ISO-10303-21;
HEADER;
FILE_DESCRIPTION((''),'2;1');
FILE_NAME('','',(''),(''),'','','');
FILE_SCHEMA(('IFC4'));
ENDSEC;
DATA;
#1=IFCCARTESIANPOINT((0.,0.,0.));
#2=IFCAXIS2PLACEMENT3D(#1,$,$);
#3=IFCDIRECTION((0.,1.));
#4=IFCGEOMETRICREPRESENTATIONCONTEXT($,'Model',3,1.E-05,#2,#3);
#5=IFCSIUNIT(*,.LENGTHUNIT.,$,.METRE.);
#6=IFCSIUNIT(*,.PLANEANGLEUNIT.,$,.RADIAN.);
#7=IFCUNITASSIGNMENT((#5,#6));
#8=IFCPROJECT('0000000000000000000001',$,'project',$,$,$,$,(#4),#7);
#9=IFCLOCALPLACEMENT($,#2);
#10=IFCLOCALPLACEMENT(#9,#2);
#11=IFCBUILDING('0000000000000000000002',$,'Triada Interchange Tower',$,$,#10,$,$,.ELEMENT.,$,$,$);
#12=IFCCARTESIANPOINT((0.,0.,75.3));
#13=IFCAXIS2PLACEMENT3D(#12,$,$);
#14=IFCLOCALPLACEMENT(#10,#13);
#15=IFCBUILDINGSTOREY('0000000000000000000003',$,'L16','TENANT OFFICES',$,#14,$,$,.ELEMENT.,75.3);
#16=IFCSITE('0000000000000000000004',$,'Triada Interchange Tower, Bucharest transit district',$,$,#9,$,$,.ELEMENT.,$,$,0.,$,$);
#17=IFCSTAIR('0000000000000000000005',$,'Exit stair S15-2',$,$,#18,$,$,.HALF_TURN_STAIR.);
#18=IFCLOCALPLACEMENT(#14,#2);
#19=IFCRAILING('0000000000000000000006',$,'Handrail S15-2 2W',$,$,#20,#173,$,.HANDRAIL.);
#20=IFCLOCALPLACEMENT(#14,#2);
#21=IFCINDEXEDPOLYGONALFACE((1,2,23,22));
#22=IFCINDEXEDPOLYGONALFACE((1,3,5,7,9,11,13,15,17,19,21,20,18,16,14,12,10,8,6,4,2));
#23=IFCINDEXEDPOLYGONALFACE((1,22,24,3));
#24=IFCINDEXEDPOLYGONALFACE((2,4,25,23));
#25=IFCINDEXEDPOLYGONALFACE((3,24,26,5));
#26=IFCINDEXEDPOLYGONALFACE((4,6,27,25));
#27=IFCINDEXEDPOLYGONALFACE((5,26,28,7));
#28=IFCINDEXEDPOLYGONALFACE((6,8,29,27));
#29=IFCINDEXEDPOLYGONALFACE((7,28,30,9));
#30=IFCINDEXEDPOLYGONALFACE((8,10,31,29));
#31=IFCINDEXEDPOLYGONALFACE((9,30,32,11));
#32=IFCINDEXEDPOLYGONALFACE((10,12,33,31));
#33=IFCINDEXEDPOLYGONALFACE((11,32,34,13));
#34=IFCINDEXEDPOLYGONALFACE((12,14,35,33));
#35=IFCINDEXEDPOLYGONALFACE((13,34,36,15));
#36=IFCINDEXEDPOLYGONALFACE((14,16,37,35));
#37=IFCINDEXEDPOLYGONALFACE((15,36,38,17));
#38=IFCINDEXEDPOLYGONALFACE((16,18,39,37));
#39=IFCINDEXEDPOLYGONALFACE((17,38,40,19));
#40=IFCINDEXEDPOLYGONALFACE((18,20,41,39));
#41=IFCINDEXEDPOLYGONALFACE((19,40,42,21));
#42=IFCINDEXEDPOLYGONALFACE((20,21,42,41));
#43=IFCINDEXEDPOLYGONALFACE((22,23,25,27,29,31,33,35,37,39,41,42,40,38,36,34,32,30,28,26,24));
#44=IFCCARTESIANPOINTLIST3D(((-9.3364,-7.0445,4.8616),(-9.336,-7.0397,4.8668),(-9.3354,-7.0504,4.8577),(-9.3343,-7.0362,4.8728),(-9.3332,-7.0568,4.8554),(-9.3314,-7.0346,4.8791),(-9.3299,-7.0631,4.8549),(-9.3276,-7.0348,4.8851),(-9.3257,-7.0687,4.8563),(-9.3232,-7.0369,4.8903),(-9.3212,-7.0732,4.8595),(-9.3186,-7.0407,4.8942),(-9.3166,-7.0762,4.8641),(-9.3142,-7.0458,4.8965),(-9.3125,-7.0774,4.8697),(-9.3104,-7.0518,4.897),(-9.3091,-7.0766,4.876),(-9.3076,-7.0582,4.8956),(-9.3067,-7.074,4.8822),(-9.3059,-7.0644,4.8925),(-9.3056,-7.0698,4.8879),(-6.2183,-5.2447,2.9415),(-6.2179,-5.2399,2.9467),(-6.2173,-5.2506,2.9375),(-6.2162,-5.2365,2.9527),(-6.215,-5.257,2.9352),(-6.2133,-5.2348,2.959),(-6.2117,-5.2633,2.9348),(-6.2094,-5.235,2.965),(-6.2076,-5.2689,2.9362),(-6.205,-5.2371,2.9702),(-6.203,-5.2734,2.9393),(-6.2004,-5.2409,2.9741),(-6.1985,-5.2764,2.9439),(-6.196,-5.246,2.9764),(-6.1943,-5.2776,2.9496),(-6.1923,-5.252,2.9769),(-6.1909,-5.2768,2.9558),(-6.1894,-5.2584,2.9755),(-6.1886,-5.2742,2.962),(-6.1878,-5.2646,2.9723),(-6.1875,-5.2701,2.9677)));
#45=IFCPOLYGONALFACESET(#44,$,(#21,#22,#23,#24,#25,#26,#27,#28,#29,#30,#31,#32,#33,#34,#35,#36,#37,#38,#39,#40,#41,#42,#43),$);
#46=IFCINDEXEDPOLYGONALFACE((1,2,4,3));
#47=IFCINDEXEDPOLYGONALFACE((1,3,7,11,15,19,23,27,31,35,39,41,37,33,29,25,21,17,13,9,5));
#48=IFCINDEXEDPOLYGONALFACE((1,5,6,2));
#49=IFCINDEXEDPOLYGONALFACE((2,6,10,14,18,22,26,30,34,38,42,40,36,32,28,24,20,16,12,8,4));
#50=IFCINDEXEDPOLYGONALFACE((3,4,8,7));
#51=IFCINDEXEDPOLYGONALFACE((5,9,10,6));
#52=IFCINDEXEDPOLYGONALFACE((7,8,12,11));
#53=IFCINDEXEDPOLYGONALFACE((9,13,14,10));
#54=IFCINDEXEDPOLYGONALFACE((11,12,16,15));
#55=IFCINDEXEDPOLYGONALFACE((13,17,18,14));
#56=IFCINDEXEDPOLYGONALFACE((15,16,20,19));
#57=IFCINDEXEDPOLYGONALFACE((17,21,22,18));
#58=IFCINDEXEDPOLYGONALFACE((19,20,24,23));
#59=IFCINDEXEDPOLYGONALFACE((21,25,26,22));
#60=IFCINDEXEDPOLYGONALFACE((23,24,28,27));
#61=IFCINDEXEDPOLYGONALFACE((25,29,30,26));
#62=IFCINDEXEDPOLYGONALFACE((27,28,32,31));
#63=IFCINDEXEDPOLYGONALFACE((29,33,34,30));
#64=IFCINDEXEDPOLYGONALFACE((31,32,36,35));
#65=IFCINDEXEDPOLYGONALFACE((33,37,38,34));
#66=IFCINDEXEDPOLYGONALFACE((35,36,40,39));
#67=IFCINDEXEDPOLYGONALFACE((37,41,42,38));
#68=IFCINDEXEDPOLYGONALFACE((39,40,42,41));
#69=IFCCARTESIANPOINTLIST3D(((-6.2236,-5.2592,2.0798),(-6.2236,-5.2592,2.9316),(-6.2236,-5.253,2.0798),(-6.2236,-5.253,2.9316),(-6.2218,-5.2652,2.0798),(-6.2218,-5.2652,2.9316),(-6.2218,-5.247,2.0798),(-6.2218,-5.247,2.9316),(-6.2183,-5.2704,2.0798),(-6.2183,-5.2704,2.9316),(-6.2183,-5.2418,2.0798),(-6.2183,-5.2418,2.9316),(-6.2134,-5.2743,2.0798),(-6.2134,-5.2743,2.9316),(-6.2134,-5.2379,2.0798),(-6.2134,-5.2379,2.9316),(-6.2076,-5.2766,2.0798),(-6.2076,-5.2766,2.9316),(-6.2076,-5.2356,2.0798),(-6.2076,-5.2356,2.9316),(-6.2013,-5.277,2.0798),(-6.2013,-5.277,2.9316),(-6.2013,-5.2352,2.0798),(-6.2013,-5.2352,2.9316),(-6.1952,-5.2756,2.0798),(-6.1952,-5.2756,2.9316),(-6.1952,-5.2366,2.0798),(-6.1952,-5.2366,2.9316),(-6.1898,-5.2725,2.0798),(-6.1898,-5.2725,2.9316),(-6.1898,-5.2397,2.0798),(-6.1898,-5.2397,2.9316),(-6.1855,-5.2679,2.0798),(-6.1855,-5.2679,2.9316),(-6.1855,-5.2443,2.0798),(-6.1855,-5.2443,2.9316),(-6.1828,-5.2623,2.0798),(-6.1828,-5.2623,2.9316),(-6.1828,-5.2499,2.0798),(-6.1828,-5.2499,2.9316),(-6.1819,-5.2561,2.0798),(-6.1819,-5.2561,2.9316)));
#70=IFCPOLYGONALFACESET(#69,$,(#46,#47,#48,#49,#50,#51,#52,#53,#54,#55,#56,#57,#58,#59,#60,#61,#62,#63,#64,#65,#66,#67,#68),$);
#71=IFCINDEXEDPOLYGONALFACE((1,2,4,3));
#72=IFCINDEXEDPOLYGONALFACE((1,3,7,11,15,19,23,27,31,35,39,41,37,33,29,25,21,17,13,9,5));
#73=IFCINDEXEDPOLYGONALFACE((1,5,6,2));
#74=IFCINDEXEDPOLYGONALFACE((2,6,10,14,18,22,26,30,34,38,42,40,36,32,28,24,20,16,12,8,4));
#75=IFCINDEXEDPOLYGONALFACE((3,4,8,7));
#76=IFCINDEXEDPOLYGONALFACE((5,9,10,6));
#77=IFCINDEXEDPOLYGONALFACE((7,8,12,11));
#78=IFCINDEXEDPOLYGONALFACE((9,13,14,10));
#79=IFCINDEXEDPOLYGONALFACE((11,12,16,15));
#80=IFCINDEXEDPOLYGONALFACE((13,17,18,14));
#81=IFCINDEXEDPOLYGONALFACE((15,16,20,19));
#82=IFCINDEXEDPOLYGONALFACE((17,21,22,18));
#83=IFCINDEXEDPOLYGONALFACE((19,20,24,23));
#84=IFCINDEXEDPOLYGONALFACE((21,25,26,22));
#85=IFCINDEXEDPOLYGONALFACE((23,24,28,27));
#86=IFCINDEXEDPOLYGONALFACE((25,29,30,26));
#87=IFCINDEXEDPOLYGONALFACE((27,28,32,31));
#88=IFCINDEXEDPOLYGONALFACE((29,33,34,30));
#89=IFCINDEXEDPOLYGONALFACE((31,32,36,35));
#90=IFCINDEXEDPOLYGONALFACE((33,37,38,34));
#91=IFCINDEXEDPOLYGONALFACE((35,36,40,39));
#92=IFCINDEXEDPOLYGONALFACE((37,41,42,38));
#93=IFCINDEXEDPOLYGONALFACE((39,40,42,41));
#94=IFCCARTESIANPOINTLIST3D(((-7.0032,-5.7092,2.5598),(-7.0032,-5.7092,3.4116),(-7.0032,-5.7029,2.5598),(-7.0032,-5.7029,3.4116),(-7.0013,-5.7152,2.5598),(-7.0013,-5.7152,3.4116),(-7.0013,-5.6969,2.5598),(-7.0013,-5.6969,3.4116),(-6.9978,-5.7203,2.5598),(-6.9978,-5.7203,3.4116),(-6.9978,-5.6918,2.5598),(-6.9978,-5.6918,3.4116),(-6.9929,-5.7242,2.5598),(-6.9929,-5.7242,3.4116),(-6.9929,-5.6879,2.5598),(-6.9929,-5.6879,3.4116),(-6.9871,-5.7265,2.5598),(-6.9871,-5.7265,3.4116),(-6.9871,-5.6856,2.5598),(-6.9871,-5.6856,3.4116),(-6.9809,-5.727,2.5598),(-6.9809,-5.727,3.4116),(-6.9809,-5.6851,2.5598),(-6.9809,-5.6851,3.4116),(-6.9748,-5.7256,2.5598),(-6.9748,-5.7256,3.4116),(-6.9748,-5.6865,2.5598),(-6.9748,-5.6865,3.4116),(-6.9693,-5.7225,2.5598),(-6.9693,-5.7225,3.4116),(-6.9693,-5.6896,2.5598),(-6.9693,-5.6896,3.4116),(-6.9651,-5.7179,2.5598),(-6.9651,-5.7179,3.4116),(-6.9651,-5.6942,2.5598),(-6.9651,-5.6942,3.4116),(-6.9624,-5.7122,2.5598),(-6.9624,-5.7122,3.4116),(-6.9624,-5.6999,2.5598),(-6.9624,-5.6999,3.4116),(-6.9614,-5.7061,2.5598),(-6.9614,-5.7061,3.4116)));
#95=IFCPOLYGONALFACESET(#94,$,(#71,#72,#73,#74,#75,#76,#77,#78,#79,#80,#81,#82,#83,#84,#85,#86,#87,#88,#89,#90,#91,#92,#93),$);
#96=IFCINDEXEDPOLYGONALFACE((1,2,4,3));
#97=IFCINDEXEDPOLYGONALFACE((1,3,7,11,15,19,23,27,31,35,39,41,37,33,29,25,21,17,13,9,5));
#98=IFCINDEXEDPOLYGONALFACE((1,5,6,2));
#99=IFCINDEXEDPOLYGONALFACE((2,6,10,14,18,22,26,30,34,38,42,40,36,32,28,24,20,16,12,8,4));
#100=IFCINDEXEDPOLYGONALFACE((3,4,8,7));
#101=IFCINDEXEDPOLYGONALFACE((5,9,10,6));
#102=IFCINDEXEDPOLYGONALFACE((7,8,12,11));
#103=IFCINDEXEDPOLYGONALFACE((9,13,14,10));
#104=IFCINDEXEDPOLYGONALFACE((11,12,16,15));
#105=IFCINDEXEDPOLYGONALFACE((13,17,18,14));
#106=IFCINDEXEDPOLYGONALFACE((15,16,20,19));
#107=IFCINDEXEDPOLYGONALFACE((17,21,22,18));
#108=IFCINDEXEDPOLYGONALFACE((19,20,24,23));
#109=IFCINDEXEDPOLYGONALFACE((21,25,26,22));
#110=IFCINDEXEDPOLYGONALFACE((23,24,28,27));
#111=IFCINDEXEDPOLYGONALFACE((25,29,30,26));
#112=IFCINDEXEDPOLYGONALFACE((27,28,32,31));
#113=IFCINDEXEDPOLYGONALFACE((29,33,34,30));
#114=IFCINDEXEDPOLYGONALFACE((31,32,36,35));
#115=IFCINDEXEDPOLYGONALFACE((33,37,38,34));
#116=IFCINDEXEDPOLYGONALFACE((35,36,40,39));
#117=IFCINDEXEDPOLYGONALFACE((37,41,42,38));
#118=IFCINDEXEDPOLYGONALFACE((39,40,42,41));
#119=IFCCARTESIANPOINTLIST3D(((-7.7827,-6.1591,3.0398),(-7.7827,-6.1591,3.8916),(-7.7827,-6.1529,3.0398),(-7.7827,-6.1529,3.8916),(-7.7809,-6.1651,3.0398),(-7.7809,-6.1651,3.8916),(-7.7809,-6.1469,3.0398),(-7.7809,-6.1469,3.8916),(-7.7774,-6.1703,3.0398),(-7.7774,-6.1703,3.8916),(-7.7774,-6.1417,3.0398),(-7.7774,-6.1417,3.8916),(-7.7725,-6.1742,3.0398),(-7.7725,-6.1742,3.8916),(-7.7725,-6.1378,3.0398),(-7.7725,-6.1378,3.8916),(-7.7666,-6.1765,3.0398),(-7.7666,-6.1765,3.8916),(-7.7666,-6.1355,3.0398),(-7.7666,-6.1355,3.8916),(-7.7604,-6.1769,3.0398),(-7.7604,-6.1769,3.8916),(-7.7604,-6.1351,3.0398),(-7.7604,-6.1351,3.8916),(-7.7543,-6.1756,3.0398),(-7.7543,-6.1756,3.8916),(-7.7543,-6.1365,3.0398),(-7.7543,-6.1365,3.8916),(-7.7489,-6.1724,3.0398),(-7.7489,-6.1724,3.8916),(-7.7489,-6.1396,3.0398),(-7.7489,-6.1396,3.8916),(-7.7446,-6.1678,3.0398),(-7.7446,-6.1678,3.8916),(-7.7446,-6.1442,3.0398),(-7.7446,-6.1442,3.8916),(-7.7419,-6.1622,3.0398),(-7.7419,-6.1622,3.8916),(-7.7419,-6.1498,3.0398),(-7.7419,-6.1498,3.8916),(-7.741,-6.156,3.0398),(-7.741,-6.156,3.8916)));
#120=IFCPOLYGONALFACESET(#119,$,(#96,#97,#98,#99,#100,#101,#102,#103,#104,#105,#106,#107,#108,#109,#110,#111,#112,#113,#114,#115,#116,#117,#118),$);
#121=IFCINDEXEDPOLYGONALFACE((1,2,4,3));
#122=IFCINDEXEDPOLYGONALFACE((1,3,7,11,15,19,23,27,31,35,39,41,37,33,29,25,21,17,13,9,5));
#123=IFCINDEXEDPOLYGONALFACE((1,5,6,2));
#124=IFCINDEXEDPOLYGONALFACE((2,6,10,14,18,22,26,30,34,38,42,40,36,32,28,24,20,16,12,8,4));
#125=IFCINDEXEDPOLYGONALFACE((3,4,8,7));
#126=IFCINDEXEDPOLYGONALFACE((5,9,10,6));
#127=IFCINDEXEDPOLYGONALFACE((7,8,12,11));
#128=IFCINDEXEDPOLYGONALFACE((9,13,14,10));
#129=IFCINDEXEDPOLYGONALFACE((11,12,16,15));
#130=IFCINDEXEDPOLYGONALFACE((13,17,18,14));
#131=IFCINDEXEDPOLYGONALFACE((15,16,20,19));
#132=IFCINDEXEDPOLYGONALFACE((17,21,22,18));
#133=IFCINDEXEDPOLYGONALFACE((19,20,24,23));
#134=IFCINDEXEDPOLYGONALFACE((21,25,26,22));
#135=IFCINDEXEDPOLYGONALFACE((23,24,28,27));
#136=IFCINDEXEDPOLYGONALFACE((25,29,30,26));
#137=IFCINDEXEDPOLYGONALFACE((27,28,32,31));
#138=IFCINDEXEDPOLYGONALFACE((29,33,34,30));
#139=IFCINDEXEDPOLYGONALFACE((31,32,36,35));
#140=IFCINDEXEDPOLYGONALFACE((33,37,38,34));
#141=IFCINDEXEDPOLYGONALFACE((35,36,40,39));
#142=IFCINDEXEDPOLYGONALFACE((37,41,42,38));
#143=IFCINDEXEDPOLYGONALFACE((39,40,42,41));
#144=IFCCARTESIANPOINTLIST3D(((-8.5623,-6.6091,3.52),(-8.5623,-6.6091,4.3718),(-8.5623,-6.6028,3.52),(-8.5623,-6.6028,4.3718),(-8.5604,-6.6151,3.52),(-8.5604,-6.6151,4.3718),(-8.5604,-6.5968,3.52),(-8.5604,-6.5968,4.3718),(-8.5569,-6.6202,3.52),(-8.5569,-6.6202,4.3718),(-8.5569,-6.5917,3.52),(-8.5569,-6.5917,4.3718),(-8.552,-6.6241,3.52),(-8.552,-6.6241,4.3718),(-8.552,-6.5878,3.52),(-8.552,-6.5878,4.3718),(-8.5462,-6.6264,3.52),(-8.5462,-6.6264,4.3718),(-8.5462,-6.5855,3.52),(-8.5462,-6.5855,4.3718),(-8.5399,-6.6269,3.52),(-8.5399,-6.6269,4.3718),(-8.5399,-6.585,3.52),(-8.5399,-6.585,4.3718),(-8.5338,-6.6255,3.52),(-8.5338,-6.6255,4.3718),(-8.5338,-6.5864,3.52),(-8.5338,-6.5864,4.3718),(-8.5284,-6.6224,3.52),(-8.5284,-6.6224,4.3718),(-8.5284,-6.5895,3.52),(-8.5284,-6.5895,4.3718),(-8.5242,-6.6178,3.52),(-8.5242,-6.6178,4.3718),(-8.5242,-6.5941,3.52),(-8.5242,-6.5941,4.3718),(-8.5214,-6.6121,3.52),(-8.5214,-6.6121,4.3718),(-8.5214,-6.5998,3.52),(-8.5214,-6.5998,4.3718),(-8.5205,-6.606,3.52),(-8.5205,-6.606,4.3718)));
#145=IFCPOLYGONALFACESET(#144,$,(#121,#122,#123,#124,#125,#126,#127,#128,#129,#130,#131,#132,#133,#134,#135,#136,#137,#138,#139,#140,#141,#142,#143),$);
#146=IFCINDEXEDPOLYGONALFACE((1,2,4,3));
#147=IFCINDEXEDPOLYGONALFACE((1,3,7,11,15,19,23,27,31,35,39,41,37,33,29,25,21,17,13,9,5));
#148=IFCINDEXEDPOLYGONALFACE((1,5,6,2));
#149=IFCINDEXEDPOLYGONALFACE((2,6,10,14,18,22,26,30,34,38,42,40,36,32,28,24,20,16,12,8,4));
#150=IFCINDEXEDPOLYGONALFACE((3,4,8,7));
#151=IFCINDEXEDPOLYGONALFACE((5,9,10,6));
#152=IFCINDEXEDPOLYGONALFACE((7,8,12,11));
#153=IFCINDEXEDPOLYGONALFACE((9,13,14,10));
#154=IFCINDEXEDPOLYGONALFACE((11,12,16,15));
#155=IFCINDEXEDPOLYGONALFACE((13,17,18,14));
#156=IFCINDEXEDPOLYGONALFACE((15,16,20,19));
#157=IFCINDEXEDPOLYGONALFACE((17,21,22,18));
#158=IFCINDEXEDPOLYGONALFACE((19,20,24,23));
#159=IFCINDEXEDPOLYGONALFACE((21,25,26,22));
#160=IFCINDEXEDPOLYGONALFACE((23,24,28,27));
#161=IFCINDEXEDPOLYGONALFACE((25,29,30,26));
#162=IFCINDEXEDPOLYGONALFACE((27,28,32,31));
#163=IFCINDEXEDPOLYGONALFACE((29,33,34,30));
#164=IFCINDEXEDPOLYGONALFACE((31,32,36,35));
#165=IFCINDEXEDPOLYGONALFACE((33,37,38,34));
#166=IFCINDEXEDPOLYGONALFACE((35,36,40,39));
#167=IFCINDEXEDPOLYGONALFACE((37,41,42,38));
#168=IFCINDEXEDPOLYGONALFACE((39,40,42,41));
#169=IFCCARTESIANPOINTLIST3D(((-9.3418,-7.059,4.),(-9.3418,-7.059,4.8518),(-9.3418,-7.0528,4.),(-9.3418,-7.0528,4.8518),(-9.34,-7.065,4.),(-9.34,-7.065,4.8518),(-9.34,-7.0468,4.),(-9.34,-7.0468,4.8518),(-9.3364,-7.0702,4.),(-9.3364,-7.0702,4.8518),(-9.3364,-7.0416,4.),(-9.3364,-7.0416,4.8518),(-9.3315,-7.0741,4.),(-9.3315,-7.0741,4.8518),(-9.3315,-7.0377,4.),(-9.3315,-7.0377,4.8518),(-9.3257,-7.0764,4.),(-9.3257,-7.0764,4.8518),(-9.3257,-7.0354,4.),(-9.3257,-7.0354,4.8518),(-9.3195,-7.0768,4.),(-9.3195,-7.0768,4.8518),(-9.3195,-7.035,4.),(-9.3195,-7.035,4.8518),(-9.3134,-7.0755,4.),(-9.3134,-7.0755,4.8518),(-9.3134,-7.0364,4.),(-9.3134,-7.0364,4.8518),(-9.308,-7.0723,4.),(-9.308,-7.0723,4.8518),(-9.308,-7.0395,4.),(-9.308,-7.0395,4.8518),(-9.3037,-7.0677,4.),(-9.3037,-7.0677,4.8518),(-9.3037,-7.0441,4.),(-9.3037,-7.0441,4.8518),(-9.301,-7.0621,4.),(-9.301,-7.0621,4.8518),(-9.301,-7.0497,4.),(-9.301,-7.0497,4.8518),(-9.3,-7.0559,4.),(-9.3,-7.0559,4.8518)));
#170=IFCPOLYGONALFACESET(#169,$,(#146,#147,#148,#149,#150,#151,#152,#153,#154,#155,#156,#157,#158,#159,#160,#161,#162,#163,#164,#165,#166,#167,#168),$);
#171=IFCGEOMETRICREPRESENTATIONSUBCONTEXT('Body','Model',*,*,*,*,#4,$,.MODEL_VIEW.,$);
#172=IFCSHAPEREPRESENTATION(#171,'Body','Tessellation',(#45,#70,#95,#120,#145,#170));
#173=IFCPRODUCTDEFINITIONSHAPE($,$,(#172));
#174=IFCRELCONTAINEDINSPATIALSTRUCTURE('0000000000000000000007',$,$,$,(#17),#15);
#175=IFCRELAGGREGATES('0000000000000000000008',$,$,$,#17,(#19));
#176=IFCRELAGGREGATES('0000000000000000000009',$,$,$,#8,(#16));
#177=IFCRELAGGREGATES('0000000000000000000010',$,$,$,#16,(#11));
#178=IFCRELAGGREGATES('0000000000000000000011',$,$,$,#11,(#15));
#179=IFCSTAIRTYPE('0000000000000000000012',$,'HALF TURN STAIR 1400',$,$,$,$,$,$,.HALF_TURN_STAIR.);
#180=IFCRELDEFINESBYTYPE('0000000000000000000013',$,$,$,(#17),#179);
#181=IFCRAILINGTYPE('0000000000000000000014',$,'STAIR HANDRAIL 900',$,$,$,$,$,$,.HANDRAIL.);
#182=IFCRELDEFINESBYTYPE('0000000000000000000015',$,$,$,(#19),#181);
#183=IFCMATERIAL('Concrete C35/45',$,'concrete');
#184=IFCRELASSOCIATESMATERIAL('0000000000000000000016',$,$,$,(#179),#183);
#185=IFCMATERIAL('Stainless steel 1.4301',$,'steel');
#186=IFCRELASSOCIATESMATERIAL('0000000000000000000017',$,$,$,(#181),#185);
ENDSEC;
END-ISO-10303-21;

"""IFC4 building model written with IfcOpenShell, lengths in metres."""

from ifc_helpers import new_model, si_unit, direction, frame, origin, origin_2d, place, context, subcontext, project, spatial, circle, extrude, material, type_object, element, aggregate, save


model = new_model("IFC4")

# Units and contexts
model_context = context("Model", 3, precision=1e-05, world=origin(), true_north=direction((0.0, 1.0)))
body_context = subcontext(model_context, "Body", "Model", "MODEL_VIEW")
ifc_project = project(units=[si_unit("LENGTHUNIT", "METRE"), si_unit("PLANEANGLEUNIT", "RADIAN")], contexts=[model_context])

# Site, building, storey
site_placement = place(None, origin())
site = spatial("IfcSite", under=ifc_project, at=site_placement, Name="Triada Interchange Tower, Bucharest transit district", CompositionType="ELEMENT", RefElevation=0.0)
building_placement = place(site_placement, origin())
building = spatial("IfcBuilding", under=site, at=building_placement, Name="Triada Interchange Tower", CompositionType="ELEMENT")
storey_placement = place(building_placement, frame((0.0, 0.0, 75.3)))
storey = spatial("IfcBuildingStorey", under=building, at=storey_placement, Name="L16", Description="TENANT OFFICES", CompositionType="ELEMENT", Elevation=75.3)

# Stair, railing
ifc_material_1 = material(Name="Concrete C35/45", Category="concrete")
stair_type = type_object("IfcStairType", Name="HALF TURN STAIR 1400", PredefinedType="HALF_TURN_STAIR", material=ifc_material_1)
stair_placement = place(storey_placement, origin())
stair = element("IfcStair", 1, at=stair_placement, inside=storey, type_object=stair_type, Name="Exit stair S15-2", PredefinedType="HALF_TURN_STAIR")
ifc_material_2 = material(Name="Stainless steel 1.4301", Category="steel")
railing_type = type_object("IfcRailingType", Name="STAIR HANDRAIL 900", PredefinedType="HANDRAIL", material=ifc_material_2)
railing_1_placement = place(storey_placement, frame((-6.2029, -5.2561, 2.0798)))
railing_1 = element("IfcRailing", 2, at=railing_1_placement, type_object=railing_type, Name="Handrail S15-2 2W", PredefinedType="HANDRAIL", context=body_context, shape_type="SweptSolid", body=[
    extrude(circle(Radius=0.0239, at=origin_2d()), frame((0.0, 0.0, 0.876), z_axis=(-0.76419, -0.44109, 0.470588), x_axis=(0.499902, -0.866082, 0.0)), (0.0, 0.0, 1.0), 4.0803),
    extrude(circle(Radius=0.021, at=origin_2d()), origin(), (0.0, 0.0, 1.0), 0.8518),
    extrude(circle(Radius=0.021, at=origin_2d()), frame((-0.7795, -0.45, 0.48)), (0.0, 0.0, 1.0), 0.8518),
    extrude(circle(Radius=0.021, at=origin_2d()), frame((-1.5591, -0.8999, 0.96)), (0.0, 0.0, 1.0), 0.8518),
    extrude(circle(Radius=0.021, at=origin_2d()), frame((-2.3386, -1.3499, 1.4402)), (0.0, 0.0, 1.0), 0.8518),
    extrude(circle(Radius=0.021, at=origin_2d()), frame((-3.1182, -1.7998, 1.9202)), (0.0, 0.0, 1.0), 0.8518),
])
aggregate(stair, [railing_1])

save(model, "model.ifc")
